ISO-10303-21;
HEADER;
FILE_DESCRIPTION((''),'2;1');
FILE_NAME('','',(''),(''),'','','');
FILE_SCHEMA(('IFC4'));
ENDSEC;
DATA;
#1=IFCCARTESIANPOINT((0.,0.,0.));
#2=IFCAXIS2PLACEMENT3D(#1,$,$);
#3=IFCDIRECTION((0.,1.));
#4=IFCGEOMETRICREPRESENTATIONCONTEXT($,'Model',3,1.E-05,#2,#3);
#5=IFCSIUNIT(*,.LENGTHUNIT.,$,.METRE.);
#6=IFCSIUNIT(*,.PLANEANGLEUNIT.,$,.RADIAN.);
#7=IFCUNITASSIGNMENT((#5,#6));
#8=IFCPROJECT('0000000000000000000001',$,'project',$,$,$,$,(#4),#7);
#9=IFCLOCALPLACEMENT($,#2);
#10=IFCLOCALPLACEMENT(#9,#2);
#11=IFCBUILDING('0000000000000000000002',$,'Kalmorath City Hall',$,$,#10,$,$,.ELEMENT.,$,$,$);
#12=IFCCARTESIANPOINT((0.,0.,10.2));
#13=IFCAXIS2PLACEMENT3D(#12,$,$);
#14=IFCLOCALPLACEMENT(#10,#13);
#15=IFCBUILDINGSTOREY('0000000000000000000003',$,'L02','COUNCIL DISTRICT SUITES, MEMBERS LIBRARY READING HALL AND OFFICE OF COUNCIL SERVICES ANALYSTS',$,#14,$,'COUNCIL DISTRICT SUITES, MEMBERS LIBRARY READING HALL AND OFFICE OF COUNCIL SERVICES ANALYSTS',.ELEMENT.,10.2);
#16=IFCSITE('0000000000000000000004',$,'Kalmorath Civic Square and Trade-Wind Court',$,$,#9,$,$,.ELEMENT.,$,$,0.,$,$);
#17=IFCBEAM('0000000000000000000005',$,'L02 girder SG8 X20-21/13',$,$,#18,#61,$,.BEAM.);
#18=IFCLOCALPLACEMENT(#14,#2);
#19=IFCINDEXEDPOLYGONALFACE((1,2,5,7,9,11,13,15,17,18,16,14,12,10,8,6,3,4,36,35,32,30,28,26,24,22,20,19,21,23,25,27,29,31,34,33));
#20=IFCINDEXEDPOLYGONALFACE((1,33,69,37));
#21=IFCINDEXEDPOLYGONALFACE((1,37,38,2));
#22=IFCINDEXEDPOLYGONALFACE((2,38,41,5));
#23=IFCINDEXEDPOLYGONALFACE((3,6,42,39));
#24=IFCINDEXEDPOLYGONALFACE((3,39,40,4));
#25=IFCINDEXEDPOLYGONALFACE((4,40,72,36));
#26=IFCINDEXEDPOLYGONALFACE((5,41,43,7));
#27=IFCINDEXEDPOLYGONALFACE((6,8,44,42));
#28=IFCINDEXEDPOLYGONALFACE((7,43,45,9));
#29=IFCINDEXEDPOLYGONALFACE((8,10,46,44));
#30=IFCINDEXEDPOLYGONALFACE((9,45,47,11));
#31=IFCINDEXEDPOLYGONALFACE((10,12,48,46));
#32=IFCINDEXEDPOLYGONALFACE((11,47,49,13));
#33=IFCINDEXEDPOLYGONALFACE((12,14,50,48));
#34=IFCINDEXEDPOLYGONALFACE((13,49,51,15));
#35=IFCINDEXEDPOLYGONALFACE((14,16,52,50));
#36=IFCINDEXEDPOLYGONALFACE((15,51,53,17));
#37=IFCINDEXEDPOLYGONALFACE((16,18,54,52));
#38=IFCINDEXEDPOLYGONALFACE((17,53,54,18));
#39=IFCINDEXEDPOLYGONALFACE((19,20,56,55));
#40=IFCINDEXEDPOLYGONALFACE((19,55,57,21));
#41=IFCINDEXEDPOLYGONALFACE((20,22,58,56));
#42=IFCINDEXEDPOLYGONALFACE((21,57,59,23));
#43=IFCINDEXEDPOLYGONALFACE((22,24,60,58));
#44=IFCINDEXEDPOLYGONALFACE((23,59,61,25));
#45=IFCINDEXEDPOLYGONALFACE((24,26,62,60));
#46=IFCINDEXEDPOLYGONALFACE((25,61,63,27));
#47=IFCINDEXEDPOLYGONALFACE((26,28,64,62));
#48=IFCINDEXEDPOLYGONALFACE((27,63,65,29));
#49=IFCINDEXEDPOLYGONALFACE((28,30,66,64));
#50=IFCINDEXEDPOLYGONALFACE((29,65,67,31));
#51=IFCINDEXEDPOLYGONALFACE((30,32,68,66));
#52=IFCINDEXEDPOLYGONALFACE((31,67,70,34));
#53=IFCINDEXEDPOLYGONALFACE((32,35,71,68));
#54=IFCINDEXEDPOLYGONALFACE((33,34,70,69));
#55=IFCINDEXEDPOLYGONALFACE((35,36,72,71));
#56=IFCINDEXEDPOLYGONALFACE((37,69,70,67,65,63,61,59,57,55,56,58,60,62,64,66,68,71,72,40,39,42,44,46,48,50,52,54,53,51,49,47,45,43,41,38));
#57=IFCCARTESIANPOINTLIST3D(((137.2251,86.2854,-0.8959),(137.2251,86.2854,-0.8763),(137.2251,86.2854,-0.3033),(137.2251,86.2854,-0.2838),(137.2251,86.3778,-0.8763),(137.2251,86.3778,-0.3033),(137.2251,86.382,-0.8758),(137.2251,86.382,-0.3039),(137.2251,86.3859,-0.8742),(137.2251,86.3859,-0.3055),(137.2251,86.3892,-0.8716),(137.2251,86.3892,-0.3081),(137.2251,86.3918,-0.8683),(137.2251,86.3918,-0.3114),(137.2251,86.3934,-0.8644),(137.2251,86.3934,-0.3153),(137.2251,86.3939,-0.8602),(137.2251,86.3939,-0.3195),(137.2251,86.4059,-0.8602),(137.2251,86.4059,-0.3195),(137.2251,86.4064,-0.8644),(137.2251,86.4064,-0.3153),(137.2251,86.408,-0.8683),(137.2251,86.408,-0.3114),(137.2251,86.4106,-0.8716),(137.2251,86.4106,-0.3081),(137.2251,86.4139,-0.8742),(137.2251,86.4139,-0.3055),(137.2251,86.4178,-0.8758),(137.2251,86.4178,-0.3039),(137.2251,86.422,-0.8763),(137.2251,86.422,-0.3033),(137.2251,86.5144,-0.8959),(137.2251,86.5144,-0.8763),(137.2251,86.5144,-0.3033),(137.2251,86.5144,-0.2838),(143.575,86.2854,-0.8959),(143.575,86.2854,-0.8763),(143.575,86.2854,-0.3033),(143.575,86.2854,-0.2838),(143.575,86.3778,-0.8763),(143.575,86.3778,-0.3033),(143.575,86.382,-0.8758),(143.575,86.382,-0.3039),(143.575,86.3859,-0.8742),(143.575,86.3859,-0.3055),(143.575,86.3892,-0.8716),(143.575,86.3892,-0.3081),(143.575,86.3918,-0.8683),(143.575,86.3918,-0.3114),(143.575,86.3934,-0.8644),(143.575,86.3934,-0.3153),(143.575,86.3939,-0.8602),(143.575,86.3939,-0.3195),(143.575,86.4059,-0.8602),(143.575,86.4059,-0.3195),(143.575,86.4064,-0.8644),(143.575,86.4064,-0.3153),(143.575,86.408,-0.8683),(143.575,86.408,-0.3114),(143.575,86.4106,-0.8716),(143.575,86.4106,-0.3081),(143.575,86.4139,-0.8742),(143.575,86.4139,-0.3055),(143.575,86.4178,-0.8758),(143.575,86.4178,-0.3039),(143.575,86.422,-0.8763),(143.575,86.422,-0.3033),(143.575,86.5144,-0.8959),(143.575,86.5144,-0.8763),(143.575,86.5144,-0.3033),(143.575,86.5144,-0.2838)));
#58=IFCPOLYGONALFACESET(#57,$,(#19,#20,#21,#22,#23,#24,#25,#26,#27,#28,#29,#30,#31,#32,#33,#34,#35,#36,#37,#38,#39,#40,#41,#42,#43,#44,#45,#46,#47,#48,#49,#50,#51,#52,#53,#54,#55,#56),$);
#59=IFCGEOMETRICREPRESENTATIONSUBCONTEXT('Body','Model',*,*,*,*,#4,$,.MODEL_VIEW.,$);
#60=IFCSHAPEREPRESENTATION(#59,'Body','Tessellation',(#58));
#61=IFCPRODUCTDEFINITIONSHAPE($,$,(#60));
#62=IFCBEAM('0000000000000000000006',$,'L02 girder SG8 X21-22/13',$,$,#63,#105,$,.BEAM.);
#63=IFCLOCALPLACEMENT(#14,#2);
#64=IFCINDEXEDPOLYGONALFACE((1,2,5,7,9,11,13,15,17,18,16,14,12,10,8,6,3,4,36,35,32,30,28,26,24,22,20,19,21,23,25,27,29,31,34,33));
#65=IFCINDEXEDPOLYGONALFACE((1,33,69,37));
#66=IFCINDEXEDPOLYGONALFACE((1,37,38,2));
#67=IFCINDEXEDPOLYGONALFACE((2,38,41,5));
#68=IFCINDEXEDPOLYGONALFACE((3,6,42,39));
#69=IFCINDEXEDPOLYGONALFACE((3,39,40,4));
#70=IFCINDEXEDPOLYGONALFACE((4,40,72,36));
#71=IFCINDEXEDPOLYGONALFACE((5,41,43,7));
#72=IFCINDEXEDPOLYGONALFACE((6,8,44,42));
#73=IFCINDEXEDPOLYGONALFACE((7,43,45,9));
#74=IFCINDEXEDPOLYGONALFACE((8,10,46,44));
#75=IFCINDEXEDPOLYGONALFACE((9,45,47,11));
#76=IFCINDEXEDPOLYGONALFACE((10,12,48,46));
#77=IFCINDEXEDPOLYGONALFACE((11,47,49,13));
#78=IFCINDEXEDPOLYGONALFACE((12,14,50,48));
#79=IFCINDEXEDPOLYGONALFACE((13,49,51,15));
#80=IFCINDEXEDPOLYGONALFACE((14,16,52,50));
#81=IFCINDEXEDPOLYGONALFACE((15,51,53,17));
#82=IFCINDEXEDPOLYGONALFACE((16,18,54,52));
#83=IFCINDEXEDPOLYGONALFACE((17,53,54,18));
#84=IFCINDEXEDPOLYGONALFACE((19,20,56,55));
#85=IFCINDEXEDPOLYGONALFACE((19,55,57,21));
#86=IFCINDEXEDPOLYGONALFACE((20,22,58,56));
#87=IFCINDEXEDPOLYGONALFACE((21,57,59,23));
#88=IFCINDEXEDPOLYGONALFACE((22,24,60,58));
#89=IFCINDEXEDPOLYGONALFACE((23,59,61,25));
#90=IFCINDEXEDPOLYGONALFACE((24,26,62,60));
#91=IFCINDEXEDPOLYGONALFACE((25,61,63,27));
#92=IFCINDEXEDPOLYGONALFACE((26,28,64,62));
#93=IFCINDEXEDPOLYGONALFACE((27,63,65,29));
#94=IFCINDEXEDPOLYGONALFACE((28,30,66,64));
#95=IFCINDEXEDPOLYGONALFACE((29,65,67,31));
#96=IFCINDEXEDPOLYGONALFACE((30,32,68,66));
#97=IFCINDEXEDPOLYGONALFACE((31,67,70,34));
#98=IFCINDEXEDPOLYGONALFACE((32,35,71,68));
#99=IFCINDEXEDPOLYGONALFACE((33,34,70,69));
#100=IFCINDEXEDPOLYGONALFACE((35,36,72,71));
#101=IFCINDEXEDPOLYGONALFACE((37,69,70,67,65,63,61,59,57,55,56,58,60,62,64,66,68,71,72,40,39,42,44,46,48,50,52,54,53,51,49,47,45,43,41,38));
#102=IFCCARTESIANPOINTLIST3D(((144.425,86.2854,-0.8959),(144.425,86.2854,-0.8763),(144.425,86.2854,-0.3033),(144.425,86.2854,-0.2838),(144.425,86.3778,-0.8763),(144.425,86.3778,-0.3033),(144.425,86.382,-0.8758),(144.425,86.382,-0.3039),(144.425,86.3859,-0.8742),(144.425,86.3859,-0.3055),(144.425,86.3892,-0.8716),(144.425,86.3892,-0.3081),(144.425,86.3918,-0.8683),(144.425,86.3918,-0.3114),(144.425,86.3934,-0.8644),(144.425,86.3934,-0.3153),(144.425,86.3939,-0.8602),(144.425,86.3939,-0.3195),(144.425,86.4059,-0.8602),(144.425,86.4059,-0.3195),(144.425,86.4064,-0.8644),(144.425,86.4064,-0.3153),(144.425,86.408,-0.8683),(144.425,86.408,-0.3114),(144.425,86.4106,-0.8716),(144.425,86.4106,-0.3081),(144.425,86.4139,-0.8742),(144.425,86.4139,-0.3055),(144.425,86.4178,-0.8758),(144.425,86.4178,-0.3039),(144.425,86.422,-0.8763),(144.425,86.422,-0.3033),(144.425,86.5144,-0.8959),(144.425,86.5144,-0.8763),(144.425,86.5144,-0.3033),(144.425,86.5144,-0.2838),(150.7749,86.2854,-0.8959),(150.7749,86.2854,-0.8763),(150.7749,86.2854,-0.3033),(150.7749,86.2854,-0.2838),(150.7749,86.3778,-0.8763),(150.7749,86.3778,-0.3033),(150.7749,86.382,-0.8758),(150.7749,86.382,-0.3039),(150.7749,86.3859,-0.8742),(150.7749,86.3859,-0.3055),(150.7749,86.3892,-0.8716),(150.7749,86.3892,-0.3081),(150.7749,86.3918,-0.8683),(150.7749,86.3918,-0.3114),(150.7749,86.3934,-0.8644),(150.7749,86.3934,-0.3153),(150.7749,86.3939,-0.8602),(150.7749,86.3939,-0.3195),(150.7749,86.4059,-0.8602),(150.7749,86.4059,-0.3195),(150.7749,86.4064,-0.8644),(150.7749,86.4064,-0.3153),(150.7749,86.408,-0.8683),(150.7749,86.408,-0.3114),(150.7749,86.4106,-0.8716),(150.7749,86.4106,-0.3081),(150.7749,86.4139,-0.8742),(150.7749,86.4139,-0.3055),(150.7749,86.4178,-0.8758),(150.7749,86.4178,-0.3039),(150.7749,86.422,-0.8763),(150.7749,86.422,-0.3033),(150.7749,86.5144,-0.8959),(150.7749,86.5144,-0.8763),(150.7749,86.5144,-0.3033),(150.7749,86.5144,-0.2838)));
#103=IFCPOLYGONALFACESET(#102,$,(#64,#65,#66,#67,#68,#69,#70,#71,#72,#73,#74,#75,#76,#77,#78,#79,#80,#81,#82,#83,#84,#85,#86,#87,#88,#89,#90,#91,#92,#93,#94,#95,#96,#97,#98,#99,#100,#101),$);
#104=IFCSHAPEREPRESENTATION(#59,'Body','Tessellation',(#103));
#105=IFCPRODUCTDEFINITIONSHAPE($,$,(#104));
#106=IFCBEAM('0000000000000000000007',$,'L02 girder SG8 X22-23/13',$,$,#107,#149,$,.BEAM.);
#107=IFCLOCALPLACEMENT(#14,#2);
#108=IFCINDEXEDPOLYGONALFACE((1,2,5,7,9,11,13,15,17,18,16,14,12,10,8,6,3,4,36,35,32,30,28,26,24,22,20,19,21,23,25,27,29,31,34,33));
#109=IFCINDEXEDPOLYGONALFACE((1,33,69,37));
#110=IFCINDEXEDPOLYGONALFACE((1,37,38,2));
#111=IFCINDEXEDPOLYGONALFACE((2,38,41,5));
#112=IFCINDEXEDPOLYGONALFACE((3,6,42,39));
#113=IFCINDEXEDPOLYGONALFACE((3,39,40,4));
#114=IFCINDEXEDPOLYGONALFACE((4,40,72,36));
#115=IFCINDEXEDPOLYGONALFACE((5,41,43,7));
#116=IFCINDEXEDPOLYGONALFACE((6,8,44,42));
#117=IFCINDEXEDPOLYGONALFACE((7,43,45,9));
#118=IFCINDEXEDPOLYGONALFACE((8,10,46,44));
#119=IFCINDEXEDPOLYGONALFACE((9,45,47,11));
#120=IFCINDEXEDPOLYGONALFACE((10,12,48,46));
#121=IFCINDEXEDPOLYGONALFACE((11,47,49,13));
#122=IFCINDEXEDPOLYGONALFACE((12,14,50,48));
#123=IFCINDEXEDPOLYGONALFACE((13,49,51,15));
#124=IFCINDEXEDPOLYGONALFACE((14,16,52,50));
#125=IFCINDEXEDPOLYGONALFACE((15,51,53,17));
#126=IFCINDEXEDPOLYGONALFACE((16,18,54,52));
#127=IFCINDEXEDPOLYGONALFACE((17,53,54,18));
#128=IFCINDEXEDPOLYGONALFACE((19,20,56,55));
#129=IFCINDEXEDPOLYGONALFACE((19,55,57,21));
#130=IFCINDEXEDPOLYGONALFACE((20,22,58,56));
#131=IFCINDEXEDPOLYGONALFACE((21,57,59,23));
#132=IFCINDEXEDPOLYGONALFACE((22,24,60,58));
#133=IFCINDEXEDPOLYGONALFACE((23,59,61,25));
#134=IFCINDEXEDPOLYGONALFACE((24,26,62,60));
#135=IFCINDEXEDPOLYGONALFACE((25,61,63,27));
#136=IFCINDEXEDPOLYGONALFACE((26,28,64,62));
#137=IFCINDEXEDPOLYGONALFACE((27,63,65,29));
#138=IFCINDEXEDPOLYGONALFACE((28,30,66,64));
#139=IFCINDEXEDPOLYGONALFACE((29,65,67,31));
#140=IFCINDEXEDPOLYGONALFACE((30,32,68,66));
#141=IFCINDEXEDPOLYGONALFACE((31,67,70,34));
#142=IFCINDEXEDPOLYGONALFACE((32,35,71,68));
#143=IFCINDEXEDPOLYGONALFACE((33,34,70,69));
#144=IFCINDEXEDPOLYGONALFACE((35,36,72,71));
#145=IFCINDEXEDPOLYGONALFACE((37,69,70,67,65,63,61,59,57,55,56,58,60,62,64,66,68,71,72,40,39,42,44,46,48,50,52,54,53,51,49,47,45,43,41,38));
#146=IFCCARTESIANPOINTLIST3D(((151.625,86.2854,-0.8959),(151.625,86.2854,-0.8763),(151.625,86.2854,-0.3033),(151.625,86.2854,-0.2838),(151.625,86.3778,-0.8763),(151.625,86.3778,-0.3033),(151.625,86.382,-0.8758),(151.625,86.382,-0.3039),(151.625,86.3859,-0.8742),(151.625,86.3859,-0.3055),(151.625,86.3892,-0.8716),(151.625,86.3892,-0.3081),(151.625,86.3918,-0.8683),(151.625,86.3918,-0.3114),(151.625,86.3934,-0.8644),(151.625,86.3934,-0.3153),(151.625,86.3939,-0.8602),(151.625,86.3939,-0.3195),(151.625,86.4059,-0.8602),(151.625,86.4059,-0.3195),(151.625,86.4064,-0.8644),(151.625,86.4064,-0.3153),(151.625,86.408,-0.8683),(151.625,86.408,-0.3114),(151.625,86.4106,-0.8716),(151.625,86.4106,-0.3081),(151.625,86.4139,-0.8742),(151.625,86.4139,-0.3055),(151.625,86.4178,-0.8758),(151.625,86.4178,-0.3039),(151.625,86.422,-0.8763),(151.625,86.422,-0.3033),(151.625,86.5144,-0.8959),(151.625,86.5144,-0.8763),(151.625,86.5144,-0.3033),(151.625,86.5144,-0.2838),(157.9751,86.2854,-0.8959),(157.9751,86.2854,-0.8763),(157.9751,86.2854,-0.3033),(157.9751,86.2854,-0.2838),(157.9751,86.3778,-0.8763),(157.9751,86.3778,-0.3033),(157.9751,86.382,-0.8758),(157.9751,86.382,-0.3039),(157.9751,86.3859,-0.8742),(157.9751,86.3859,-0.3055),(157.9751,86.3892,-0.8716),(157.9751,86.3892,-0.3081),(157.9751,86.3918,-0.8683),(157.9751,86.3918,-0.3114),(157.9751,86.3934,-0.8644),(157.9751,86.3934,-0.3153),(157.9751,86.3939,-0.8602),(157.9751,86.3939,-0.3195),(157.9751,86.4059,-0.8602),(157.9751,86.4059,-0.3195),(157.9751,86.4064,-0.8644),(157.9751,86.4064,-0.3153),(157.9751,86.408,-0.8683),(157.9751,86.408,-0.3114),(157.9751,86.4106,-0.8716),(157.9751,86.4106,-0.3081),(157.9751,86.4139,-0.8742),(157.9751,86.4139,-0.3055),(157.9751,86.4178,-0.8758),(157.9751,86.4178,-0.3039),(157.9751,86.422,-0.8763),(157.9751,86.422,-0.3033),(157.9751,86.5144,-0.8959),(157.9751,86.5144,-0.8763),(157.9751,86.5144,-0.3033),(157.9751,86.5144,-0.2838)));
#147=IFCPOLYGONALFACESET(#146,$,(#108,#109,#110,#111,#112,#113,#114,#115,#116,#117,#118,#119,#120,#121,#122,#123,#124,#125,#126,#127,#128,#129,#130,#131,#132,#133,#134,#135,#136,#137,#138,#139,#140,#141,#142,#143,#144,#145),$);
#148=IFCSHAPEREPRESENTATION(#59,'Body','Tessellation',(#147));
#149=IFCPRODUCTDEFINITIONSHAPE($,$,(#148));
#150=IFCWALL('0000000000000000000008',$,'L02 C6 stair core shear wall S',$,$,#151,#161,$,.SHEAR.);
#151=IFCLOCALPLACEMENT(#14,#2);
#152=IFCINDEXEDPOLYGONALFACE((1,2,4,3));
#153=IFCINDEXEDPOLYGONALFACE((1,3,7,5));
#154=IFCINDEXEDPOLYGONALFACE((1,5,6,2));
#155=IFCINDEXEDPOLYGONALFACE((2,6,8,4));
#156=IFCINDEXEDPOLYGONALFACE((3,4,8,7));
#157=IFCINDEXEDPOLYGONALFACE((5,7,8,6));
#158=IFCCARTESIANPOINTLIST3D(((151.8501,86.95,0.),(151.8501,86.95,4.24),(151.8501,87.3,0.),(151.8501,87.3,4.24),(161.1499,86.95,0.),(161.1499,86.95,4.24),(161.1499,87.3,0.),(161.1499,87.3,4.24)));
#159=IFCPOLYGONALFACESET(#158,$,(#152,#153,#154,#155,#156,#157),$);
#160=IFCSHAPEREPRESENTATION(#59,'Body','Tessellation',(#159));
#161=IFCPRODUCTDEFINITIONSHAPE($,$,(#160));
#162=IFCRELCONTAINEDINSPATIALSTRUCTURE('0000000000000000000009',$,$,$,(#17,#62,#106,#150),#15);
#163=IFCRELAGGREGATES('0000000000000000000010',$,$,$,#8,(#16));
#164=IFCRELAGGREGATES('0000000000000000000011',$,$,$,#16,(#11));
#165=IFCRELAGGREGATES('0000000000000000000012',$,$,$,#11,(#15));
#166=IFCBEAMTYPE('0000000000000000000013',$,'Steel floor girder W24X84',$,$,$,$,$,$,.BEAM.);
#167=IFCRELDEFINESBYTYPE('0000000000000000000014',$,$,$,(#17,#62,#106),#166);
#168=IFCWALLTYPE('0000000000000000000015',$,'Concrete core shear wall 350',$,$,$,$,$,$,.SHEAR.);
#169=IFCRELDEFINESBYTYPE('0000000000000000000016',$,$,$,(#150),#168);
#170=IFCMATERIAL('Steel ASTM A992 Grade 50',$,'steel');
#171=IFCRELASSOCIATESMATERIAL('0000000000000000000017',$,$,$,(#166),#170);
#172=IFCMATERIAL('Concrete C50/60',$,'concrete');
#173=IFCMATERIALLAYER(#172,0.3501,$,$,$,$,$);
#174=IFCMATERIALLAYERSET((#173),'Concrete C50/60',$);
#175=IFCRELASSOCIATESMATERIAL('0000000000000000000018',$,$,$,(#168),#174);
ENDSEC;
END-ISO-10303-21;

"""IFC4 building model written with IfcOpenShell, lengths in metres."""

from ifc_helpers import new_model, si_unit, direction, frame, frame_2d, origin, origin_2d, place, context, subcontext, project, spatial, rectangle, i_section, extrude, material, layer, layer_set, material_profile, profile_set, type_object, element, save


model = new_model("IFC4")

# Units and contexts
model_context = context("Model", 3, precision=1e-05, world=origin(), true_north=direction((0.0, 1.0)))
body_context = subcontext(model_context, "Body", "Model", "MODEL_VIEW")
ifc_project = project(units=[si_unit("LENGTHUNIT", "METRE"), si_unit("PLANEANGLEUNIT", "RADIAN")], contexts=[model_context])

# Site, building, storey
site_placement = place(None, origin())
site = spatial("IfcSite", under=ifc_project, at=site_placement, Name="Kalmorath Civic Square and Trade-Wind Court", CompositionType="ELEMENT", RefElevation=0.0)
building_placement = place(site_placement, origin())
building = spatial("IfcBuilding", under=site, at=building_placement, Name="Kalmorath City Hall", CompositionType="ELEMENT")
storey_placement = place(building_placement, frame((0.0, 0.0, 10.2)))
storey = spatial("IfcBuildingStorey", under=building, at=storey_placement, Name="L02", Description="COUNCIL DISTRICT SUITES, MEMBERS LIBRARY READING HALL AND OFFICE OF COUNCIL SERVICES ANALYSTS", LongName="COUNCIL DISTRICT SUITES, MEMBERS LIBRARY READING HALL AND OFFICE OF COUNCIL SERVICES ANALYSTS", CompositionType="ELEMENT", Elevation=10.2)

# Beams
ifc_material_1 = material(Name="Steel ASTM A992 Grade 50", Category="steel")
ifc_material_profile_1 = material_profile(ifc_material_1, i_section(OverallWidth=0.229, OverallDepth=0.6121, WebThickness=0.012, FlangeThickness=0.0195, FilletRadius=0.0161, at=origin_2d()), Name="W24X84")
ifc_profile_set_1 = profile_set([ifc_material_profile_1], Name="Steel ASTM A992 Grade 50")
beam_type_1 = type_object("IfcBeamType", Name="Steel floor girder W24X84", PredefinedType="BEAM", material=ifc_profile_set_1)
for number, where, z_axis, x_axis, name in (
    (1, (137.2251, 86.3999, -0.5898), (1.0, 0.0, 0.0), (0.0, 1.0, 0.0), "L02 girder SG8 X20-21/13"),
    (2, (144.425, 86.3999, -0.5898), (1.0, 0.0, 0.0), (0.0, 1.0, 0.0), "L02 girder SG8 X21-22/13"),
):
    element("IfcBeam", number, at=place(storey_placement, frame(where, z_axis=z_axis, x_axis=x_axis)), inside=storey, type_object=beam_type_1, Name=name, PredefinedType="BEAM", context=body_context, shape_type="SweptSolid", body=[
        extrude(i_section(OverallWidth=0.229, OverallDepth=0.6121, WebThickness=0.012, FlangeThickness=0.0195, FilletRadius=0.0161, at=origin_2d()), origin(), (0.0, 0.0, 1.0), 6.3499),
    ])
beam_1_placement = place(storey_placement, frame((151.625, 86.3999, -0.5898), z_axis=(1.0, 0.0, 0.0), x_axis=(0.0, 1.0, 0.0)))
element("IfcBeam", 3, at=beam_1_placement, inside=storey, type_object=beam_type_1, Name="L02 girder SG8 X22-23/13", PredefinedType="BEAM", context=body_context, shape_type="SweptSolid", body=[
    extrude(i_section(OverallWidth=0.229, OverallDepth=0.6121, WebThickness=0.012, FlangeThickness=0.0195, FilletRadius=0.0161, at=origin_2d()), origin(), (0.0, 0.0, 1.0), 6.3501),
])

# Wall
ifc_material_2 = material(Name="Concrete C50/60", Category="concrete")
ifc_layer = layer(ifc_material_2, 0.3501)
ifc_layer_set = layer_set([ifc_layer], Name="Concrete C50/60")
wall_type = type_object("IfcWallType", Name="Concrete core shear wall 350", PredefinedType="SHEAR", material=ifc_layer_set)
wall_placement = place(storey_placement, frame((151.8501, 87.125, 0.0), z_axis=(0.0, 0.0, 1.0), x_axis=(1.0, 0.0, 0.0)))
element("IfcWall", 4, at=wall_placement, inside=storey, type_object=wall_type, Name="L02 C6 stair core shear wall S", PredefinedType="SHEAR", context=body_context, shape_type="SweptSolid", body=[
    extrude(rectangle(XDim=9.2998, YDim=0.3501, at=frame_2d((4.6499, 0.0))), origin(), (0.0, 0.0, 1.0), 4.24),
])

save(model, "model.ifc")
